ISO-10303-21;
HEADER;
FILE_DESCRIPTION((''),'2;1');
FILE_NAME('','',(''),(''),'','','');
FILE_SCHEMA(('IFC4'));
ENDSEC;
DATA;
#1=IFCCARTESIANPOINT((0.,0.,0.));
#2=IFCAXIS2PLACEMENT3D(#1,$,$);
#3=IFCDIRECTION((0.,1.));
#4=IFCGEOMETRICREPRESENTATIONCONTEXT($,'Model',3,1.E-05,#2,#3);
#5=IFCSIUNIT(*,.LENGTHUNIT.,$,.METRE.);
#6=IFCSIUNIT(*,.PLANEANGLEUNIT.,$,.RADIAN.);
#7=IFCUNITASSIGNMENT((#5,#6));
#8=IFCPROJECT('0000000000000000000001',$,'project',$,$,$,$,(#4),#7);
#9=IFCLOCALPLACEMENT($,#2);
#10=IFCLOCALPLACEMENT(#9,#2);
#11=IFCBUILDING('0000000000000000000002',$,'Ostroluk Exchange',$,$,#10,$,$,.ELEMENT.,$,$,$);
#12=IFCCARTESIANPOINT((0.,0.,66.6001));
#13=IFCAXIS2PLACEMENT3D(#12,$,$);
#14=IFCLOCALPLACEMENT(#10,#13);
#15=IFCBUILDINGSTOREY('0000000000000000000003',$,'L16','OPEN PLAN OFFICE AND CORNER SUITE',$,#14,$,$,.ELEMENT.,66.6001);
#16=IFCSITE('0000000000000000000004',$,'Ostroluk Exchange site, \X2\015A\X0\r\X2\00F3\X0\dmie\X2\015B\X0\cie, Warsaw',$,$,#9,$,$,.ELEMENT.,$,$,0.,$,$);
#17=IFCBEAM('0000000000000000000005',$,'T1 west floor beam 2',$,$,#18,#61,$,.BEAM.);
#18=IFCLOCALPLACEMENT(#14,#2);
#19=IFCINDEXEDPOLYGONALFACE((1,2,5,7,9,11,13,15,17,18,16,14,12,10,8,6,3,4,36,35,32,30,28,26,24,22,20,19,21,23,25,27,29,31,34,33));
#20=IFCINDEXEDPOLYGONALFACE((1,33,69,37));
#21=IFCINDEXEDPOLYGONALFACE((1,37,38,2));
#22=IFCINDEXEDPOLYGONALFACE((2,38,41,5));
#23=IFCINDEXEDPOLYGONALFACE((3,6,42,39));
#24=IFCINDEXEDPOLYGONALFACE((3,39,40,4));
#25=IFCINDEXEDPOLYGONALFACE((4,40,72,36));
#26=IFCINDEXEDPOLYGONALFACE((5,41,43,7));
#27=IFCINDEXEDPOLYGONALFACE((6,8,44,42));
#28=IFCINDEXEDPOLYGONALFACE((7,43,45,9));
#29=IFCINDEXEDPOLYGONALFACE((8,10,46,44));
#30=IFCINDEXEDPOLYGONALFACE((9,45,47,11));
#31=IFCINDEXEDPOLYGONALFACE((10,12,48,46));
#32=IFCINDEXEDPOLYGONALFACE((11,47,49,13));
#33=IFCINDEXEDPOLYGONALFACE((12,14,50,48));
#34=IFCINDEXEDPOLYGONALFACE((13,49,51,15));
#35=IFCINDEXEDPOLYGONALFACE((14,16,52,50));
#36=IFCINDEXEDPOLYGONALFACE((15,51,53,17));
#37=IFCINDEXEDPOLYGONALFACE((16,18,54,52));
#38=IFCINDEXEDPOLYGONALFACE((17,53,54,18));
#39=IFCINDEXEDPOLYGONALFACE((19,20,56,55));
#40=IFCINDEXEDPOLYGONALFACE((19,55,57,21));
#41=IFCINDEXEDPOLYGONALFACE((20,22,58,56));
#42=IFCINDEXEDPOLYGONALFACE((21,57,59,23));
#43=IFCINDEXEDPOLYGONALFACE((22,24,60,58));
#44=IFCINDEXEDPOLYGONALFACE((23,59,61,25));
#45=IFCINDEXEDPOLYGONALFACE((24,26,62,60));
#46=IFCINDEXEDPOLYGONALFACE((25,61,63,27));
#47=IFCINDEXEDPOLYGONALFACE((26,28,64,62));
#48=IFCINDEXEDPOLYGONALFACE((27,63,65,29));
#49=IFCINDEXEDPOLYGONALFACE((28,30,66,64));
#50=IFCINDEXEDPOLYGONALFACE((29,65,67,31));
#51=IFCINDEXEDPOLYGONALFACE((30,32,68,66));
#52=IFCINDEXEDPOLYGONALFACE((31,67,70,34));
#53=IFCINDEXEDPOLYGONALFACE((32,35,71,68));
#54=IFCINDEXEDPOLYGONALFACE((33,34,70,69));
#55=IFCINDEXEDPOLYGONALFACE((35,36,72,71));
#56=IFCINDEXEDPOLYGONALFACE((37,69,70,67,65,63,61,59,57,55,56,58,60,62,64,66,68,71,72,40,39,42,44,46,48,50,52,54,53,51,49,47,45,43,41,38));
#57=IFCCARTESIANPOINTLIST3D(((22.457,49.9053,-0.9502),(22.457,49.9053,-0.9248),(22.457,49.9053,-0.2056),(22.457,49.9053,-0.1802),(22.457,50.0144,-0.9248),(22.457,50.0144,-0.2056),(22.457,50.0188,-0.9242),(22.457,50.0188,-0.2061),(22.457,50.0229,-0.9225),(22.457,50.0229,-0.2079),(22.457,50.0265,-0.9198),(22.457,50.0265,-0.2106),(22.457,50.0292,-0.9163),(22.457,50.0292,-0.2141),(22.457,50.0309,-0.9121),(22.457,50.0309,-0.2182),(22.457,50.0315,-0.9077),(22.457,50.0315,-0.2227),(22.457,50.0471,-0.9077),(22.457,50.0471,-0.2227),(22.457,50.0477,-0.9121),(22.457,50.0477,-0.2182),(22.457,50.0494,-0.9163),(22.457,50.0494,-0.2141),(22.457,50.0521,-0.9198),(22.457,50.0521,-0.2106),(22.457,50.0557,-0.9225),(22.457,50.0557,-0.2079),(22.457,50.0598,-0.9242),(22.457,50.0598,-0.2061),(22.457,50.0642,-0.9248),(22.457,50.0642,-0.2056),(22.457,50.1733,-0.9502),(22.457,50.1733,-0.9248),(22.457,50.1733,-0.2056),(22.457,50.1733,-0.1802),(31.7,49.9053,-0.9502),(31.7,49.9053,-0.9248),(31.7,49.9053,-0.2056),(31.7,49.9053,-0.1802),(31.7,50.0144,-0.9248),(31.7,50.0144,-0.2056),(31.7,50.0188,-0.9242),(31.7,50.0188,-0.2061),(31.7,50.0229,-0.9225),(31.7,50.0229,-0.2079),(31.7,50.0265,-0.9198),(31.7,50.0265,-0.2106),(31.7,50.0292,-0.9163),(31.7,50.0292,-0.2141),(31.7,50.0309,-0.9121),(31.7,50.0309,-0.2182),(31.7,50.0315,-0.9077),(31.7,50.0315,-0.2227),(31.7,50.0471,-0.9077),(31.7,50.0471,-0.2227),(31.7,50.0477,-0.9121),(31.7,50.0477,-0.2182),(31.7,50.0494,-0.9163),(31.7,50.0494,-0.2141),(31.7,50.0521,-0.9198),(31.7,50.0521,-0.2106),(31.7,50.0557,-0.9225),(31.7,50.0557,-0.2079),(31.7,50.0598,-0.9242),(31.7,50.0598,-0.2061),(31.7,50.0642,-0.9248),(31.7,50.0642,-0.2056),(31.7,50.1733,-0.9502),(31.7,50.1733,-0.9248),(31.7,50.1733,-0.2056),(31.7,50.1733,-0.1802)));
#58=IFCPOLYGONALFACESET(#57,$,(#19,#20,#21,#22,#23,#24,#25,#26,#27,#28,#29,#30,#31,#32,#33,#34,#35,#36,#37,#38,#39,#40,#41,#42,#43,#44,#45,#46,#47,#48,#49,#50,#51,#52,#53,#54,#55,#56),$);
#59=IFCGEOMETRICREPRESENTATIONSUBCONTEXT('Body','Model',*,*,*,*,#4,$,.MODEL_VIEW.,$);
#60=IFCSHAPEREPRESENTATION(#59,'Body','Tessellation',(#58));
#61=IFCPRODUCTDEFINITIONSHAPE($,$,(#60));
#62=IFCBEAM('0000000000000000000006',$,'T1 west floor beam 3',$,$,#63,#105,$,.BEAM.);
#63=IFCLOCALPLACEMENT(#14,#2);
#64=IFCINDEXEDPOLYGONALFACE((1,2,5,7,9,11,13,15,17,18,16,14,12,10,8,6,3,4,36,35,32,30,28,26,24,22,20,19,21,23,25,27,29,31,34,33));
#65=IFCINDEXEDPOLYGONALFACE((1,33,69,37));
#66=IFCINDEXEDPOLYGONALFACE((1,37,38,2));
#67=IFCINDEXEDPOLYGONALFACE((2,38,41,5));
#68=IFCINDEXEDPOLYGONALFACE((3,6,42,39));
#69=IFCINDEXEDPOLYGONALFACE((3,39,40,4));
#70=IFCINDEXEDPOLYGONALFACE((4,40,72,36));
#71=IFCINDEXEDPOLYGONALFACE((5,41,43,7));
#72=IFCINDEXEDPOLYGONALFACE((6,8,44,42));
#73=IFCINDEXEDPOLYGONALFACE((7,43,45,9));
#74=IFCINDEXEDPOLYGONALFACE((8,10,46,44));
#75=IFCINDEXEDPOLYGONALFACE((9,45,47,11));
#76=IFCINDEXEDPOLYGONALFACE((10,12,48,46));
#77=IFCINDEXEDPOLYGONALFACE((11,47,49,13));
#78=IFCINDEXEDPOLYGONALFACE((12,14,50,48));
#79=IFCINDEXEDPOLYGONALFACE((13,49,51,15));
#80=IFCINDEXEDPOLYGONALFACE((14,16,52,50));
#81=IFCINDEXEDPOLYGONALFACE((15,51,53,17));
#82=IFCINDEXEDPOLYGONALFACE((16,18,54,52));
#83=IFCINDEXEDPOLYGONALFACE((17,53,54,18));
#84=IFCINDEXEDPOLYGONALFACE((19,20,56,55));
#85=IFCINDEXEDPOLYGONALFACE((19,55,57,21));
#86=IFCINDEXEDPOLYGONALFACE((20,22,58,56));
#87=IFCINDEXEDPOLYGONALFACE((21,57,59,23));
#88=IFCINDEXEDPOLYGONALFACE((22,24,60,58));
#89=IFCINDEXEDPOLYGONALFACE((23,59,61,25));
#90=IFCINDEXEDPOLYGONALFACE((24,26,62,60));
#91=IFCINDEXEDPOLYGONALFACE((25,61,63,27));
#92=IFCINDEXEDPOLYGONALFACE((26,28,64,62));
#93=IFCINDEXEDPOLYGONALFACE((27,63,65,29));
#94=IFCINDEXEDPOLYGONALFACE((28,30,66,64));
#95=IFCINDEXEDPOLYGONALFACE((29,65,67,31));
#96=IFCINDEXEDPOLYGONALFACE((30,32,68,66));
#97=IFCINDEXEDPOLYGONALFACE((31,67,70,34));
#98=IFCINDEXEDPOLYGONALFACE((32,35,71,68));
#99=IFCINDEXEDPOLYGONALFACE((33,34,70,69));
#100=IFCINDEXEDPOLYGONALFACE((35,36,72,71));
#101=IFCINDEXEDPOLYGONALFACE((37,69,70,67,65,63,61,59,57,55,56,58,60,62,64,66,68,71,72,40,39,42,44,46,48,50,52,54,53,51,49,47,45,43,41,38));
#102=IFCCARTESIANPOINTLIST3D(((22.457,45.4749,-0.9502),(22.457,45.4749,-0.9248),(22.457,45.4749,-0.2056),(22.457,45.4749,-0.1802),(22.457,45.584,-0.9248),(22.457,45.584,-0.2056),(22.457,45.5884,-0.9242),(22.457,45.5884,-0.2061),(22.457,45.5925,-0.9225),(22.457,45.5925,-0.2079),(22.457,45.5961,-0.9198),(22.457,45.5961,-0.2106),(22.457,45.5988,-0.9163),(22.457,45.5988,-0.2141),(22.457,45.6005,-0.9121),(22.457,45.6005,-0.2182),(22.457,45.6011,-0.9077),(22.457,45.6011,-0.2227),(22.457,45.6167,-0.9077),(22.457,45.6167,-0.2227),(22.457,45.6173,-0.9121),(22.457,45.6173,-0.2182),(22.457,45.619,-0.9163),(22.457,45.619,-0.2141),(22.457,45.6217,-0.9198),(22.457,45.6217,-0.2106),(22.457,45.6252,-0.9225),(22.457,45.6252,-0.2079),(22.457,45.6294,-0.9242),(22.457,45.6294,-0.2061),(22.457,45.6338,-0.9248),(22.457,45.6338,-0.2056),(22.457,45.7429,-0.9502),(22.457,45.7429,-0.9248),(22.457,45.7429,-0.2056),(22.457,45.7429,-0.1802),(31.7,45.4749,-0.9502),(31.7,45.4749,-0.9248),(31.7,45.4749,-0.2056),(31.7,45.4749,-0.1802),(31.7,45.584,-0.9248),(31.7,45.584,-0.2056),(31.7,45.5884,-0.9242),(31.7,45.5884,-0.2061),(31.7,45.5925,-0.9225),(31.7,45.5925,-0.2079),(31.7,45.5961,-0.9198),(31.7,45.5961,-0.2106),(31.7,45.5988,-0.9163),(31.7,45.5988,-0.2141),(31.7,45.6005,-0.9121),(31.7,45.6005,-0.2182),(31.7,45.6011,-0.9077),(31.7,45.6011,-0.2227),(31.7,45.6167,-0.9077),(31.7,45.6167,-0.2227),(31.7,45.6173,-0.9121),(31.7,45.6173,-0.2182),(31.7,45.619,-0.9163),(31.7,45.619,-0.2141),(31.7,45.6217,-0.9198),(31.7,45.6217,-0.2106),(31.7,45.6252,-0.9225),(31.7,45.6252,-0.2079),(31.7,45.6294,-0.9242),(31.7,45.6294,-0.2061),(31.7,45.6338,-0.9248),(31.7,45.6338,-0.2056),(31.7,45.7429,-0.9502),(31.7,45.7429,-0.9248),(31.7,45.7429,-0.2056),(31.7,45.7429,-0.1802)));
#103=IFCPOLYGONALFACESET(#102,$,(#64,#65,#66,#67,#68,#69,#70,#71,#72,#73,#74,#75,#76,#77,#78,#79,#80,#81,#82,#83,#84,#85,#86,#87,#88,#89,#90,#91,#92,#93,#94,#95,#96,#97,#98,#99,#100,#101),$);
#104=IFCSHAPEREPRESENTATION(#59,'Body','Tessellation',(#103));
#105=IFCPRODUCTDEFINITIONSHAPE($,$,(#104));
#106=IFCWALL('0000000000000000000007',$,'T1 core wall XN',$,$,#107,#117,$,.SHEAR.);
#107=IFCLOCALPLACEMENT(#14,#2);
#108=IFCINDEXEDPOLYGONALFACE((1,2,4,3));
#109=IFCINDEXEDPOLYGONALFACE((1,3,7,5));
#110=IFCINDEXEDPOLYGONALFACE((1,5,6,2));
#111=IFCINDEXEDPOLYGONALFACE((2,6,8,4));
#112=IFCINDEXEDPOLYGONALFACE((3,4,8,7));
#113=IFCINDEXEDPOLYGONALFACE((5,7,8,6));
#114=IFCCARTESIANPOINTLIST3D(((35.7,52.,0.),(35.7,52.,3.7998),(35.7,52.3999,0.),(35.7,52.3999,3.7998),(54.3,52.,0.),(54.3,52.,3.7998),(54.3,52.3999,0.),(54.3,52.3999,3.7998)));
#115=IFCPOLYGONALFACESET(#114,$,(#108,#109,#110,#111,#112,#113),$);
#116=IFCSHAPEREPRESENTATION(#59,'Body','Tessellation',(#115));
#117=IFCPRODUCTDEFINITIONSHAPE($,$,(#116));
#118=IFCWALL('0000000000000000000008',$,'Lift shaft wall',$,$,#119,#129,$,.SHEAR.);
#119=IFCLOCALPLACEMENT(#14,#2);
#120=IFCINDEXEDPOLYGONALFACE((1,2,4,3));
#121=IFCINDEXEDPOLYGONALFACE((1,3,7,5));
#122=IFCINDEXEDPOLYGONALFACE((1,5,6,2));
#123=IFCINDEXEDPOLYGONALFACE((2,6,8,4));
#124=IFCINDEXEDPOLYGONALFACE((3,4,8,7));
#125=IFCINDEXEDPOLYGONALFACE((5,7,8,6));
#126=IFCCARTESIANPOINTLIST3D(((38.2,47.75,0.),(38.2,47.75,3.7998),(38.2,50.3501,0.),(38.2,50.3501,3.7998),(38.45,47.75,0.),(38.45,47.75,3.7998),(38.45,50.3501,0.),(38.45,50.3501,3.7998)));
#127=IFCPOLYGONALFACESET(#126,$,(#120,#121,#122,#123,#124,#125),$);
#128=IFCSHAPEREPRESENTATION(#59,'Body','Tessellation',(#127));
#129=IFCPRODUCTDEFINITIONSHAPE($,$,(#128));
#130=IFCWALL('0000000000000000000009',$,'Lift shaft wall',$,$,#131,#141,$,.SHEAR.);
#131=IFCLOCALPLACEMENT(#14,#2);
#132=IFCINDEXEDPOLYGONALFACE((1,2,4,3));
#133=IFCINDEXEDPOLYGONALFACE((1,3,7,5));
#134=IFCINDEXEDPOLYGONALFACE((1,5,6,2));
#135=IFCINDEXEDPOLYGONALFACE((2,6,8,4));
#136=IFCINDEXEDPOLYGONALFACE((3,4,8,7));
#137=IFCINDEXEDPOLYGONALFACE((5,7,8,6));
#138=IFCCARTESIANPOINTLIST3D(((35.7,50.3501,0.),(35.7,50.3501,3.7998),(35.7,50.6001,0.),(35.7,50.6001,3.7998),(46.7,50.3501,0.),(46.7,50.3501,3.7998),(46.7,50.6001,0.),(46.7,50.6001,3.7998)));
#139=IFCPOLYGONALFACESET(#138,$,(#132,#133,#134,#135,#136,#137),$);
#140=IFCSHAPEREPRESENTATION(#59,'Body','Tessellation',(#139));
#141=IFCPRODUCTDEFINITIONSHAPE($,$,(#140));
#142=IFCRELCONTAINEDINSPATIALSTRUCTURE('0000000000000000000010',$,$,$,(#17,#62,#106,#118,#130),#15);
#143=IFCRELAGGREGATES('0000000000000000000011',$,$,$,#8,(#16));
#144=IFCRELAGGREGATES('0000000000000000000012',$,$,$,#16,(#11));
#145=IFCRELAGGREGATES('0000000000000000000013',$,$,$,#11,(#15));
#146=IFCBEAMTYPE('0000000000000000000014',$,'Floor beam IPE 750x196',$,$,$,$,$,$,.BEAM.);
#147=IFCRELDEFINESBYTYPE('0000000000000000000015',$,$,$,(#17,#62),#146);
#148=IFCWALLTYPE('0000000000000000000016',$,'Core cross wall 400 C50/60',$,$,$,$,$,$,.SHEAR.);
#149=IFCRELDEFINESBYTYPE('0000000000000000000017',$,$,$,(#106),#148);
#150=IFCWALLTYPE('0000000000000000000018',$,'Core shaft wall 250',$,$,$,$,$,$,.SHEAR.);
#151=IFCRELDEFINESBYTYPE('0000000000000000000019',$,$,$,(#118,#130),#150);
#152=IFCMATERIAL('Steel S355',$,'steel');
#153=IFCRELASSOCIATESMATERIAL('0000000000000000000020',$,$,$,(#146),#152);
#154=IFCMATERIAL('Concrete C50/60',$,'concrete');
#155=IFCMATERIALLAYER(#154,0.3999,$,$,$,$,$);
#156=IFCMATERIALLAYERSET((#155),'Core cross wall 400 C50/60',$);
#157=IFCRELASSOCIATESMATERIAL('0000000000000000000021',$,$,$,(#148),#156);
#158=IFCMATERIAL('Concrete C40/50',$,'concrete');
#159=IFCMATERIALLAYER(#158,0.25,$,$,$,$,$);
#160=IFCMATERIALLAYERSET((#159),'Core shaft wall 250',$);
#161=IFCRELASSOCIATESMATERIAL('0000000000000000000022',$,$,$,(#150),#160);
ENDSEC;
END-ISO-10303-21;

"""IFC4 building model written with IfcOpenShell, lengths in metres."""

from ifc_helpers import new_model, si_unit, direction, frame, frame_2d, origin, origin_2d, place, context, subcontext, project, spatial, rectangle, i_section, extrude, material, layer, layer_set, material_profile, profile_set, type_object, element, save


model = new_model("IFC4")

# Units and contexts
model_context = context("Model", 3, precision=1e-05, world=origin(), true_north=direction((0.0, 1.0)))
body_context = subcontext(model_context, "Body", "Model", "MODEL_VIEW")
ifc_project = project(units=[si_unit("LENGTHUNIT", "METRE"), si_unit("PLANEANGLEUNIT", "RADIAN")], contexts=[model_context])

# Site, building, storey
site_placement = place(None, origin())
site = spatial("IfcSite", under=ifc_project, at=site_placement, Name="Ostroluk Exchange site, Śródmieście, Warsaw", CompositionType="ELEMENT", RefElevation=0.0)
building_placement = place(site_placement, origin())
building = spatial("IfcBuilding", under=site, at=building_placement, Name="Ostroluk Exchange", CompositionType="ELEMENT")
storey_placement = place(building_placement, frame((0.0, 0.0, 66.6001)))
storey = spatial("IfcBuildingStorey", under=building, at=storey_placement, Name="L16", Description="OPEN PLAN OFFICE AND CORNER SUITE", CompositionType="ELEMENT", Elevation=66.6001)

# Beams
ifc_material_1 = material(Name="Steel S355", Category="steel")
ifc_material_profile = material_profile(ifc_material_1, i_section(OverallWidth=0.2681, OverallDepth=0.77, WebThickness=0.0156, FlangeThickness=0.0254, FilletRadius=0.0171, at=origin_2d()), Name="IPE 750x196")
ifc_profile_set = profile_set([ifc_material_profile], Name="Steel S355")
beam_type = type_object("IfcBeamType", Name="Floor beam IPE 750x196", PredefinedType="BEAM", material=ifc_profile_set)
for number, where, z_axis, x_axis, name in (
    (1, (31.7, 50.0393, -0.5652), (-1.0, 0.0, 0.0), (0.0, -1.0, 0.0), "T1 west floor beam 2"),
    (2, (31.7, 45.6089, -0.5652), (-1.0, 0.0, 0.0), (0.0, -1.0, 0.0), "T1 west floor beam 3"),
):
    element("IfcBeam", number, at=place(storey_placement, frame(where, z_axis=z_axis, x_axis=x_axis)), inside=storey, type_object=beam_type, Name=name, PredefinedType="BEAM", context=body_context, shape_type="SweptSolid", body=[
        extrude(i_section(OverallWidth=0.2681, OverallDepth=0.77, WebThickness=0.0156, FlangeThickness=0.0254, FilletRadius=0.0171, at=origin_2d()), origin(), (0.0, 0.0, 1.0), 9.2429),
    ])

# Walls
ifc_material_2 = material(Name="Concrete C50/60", Category="concrete")
ifc_layer_1 = layer(ifc_material_2, 0.3999)
ifc_layer_set_1 = layer_set([ifc_layer_1], Name="Core cross wall 400 C50/60")
wall_type_1 = type_object("IfcWallType", Name="Core cross wall 400 C50/60", PredefinedType="SHEAR", material=ifc_layer_set_1)
wall_1_placement = place(storey_placement, frame((35.7, 52.2, 0.0), z_axis=(0.0, 0.0, 1.0), x_axis=(1.0, 0.0, 0.0)))
element("IfcWall", 3, at=wall_1_placement, inside=storey, type_object=wall_type_1, Name="T1 core wall XN", PredefinedType="SHEAR", context=body_context, shape_type="SweptSolid", body=[
    extrude(rectangle(XDim=18.6001, YDim=0.3999, at=frame_2d((9.3, 0.0))), origin(), (0.0, 0.0, 1.0), 3.7998),
])
ifc_material_3 = material(Name="Concrete C40/50", Category="concrete")
ifc_layer_2 = layer(ifc_material_3, 0.25)
ifc_layer_set_2 = layer_set([ifc_layer_2], Name="Core shaft wall 250")
wall_type_2 = type_object("IfcWallType", Name="Core shaft wall 250", PredefinedType="SHEAR", material=ifc_layer_set_2)
wall_2_placement = place(storey_placement, frame((38.325, 47.75, 0.0), z_axis=(0.0, 0.0, 1.0), x_axis=(0.0, 1.0, 0.0)))
element("IfcWall", 4, at=wall_2_placement, inside=storey, type_object=wall_type_2, Name="Lift shaft wall", PredefinedType="SHEAR", context=body_context, shape_type="SweptSolid", body=[
    extrude(rectangle(XDim=2.6001, YDim=0.25, at=frame_2d((1.3, 0.0))), origin(), (0.0, 0.0, 1.0), 3.7998),
])
wall_3_placement = place(storey_placement, frame((35.7, 50.4751, 0.0), z_axis=(0.0, 0.0, 1.0), x_axis=(1.0, 0.0, 0.0)))
element("IfcWall", 5, at=wall_3_placement, inside=storey, type_object=wall_type_2, Name="Lift shaft wall", PredefinedType="SHEAR", context=body_context, shape_type="SweptSolid", body=[
    extrude(rectangle(XDim=11.0, YDim=0.25, at=frame_2d((5.5, 0.0))), origin(), (0.0, 0.0, 1.0), 3.7998),
])

save(model, "model.ifc")
